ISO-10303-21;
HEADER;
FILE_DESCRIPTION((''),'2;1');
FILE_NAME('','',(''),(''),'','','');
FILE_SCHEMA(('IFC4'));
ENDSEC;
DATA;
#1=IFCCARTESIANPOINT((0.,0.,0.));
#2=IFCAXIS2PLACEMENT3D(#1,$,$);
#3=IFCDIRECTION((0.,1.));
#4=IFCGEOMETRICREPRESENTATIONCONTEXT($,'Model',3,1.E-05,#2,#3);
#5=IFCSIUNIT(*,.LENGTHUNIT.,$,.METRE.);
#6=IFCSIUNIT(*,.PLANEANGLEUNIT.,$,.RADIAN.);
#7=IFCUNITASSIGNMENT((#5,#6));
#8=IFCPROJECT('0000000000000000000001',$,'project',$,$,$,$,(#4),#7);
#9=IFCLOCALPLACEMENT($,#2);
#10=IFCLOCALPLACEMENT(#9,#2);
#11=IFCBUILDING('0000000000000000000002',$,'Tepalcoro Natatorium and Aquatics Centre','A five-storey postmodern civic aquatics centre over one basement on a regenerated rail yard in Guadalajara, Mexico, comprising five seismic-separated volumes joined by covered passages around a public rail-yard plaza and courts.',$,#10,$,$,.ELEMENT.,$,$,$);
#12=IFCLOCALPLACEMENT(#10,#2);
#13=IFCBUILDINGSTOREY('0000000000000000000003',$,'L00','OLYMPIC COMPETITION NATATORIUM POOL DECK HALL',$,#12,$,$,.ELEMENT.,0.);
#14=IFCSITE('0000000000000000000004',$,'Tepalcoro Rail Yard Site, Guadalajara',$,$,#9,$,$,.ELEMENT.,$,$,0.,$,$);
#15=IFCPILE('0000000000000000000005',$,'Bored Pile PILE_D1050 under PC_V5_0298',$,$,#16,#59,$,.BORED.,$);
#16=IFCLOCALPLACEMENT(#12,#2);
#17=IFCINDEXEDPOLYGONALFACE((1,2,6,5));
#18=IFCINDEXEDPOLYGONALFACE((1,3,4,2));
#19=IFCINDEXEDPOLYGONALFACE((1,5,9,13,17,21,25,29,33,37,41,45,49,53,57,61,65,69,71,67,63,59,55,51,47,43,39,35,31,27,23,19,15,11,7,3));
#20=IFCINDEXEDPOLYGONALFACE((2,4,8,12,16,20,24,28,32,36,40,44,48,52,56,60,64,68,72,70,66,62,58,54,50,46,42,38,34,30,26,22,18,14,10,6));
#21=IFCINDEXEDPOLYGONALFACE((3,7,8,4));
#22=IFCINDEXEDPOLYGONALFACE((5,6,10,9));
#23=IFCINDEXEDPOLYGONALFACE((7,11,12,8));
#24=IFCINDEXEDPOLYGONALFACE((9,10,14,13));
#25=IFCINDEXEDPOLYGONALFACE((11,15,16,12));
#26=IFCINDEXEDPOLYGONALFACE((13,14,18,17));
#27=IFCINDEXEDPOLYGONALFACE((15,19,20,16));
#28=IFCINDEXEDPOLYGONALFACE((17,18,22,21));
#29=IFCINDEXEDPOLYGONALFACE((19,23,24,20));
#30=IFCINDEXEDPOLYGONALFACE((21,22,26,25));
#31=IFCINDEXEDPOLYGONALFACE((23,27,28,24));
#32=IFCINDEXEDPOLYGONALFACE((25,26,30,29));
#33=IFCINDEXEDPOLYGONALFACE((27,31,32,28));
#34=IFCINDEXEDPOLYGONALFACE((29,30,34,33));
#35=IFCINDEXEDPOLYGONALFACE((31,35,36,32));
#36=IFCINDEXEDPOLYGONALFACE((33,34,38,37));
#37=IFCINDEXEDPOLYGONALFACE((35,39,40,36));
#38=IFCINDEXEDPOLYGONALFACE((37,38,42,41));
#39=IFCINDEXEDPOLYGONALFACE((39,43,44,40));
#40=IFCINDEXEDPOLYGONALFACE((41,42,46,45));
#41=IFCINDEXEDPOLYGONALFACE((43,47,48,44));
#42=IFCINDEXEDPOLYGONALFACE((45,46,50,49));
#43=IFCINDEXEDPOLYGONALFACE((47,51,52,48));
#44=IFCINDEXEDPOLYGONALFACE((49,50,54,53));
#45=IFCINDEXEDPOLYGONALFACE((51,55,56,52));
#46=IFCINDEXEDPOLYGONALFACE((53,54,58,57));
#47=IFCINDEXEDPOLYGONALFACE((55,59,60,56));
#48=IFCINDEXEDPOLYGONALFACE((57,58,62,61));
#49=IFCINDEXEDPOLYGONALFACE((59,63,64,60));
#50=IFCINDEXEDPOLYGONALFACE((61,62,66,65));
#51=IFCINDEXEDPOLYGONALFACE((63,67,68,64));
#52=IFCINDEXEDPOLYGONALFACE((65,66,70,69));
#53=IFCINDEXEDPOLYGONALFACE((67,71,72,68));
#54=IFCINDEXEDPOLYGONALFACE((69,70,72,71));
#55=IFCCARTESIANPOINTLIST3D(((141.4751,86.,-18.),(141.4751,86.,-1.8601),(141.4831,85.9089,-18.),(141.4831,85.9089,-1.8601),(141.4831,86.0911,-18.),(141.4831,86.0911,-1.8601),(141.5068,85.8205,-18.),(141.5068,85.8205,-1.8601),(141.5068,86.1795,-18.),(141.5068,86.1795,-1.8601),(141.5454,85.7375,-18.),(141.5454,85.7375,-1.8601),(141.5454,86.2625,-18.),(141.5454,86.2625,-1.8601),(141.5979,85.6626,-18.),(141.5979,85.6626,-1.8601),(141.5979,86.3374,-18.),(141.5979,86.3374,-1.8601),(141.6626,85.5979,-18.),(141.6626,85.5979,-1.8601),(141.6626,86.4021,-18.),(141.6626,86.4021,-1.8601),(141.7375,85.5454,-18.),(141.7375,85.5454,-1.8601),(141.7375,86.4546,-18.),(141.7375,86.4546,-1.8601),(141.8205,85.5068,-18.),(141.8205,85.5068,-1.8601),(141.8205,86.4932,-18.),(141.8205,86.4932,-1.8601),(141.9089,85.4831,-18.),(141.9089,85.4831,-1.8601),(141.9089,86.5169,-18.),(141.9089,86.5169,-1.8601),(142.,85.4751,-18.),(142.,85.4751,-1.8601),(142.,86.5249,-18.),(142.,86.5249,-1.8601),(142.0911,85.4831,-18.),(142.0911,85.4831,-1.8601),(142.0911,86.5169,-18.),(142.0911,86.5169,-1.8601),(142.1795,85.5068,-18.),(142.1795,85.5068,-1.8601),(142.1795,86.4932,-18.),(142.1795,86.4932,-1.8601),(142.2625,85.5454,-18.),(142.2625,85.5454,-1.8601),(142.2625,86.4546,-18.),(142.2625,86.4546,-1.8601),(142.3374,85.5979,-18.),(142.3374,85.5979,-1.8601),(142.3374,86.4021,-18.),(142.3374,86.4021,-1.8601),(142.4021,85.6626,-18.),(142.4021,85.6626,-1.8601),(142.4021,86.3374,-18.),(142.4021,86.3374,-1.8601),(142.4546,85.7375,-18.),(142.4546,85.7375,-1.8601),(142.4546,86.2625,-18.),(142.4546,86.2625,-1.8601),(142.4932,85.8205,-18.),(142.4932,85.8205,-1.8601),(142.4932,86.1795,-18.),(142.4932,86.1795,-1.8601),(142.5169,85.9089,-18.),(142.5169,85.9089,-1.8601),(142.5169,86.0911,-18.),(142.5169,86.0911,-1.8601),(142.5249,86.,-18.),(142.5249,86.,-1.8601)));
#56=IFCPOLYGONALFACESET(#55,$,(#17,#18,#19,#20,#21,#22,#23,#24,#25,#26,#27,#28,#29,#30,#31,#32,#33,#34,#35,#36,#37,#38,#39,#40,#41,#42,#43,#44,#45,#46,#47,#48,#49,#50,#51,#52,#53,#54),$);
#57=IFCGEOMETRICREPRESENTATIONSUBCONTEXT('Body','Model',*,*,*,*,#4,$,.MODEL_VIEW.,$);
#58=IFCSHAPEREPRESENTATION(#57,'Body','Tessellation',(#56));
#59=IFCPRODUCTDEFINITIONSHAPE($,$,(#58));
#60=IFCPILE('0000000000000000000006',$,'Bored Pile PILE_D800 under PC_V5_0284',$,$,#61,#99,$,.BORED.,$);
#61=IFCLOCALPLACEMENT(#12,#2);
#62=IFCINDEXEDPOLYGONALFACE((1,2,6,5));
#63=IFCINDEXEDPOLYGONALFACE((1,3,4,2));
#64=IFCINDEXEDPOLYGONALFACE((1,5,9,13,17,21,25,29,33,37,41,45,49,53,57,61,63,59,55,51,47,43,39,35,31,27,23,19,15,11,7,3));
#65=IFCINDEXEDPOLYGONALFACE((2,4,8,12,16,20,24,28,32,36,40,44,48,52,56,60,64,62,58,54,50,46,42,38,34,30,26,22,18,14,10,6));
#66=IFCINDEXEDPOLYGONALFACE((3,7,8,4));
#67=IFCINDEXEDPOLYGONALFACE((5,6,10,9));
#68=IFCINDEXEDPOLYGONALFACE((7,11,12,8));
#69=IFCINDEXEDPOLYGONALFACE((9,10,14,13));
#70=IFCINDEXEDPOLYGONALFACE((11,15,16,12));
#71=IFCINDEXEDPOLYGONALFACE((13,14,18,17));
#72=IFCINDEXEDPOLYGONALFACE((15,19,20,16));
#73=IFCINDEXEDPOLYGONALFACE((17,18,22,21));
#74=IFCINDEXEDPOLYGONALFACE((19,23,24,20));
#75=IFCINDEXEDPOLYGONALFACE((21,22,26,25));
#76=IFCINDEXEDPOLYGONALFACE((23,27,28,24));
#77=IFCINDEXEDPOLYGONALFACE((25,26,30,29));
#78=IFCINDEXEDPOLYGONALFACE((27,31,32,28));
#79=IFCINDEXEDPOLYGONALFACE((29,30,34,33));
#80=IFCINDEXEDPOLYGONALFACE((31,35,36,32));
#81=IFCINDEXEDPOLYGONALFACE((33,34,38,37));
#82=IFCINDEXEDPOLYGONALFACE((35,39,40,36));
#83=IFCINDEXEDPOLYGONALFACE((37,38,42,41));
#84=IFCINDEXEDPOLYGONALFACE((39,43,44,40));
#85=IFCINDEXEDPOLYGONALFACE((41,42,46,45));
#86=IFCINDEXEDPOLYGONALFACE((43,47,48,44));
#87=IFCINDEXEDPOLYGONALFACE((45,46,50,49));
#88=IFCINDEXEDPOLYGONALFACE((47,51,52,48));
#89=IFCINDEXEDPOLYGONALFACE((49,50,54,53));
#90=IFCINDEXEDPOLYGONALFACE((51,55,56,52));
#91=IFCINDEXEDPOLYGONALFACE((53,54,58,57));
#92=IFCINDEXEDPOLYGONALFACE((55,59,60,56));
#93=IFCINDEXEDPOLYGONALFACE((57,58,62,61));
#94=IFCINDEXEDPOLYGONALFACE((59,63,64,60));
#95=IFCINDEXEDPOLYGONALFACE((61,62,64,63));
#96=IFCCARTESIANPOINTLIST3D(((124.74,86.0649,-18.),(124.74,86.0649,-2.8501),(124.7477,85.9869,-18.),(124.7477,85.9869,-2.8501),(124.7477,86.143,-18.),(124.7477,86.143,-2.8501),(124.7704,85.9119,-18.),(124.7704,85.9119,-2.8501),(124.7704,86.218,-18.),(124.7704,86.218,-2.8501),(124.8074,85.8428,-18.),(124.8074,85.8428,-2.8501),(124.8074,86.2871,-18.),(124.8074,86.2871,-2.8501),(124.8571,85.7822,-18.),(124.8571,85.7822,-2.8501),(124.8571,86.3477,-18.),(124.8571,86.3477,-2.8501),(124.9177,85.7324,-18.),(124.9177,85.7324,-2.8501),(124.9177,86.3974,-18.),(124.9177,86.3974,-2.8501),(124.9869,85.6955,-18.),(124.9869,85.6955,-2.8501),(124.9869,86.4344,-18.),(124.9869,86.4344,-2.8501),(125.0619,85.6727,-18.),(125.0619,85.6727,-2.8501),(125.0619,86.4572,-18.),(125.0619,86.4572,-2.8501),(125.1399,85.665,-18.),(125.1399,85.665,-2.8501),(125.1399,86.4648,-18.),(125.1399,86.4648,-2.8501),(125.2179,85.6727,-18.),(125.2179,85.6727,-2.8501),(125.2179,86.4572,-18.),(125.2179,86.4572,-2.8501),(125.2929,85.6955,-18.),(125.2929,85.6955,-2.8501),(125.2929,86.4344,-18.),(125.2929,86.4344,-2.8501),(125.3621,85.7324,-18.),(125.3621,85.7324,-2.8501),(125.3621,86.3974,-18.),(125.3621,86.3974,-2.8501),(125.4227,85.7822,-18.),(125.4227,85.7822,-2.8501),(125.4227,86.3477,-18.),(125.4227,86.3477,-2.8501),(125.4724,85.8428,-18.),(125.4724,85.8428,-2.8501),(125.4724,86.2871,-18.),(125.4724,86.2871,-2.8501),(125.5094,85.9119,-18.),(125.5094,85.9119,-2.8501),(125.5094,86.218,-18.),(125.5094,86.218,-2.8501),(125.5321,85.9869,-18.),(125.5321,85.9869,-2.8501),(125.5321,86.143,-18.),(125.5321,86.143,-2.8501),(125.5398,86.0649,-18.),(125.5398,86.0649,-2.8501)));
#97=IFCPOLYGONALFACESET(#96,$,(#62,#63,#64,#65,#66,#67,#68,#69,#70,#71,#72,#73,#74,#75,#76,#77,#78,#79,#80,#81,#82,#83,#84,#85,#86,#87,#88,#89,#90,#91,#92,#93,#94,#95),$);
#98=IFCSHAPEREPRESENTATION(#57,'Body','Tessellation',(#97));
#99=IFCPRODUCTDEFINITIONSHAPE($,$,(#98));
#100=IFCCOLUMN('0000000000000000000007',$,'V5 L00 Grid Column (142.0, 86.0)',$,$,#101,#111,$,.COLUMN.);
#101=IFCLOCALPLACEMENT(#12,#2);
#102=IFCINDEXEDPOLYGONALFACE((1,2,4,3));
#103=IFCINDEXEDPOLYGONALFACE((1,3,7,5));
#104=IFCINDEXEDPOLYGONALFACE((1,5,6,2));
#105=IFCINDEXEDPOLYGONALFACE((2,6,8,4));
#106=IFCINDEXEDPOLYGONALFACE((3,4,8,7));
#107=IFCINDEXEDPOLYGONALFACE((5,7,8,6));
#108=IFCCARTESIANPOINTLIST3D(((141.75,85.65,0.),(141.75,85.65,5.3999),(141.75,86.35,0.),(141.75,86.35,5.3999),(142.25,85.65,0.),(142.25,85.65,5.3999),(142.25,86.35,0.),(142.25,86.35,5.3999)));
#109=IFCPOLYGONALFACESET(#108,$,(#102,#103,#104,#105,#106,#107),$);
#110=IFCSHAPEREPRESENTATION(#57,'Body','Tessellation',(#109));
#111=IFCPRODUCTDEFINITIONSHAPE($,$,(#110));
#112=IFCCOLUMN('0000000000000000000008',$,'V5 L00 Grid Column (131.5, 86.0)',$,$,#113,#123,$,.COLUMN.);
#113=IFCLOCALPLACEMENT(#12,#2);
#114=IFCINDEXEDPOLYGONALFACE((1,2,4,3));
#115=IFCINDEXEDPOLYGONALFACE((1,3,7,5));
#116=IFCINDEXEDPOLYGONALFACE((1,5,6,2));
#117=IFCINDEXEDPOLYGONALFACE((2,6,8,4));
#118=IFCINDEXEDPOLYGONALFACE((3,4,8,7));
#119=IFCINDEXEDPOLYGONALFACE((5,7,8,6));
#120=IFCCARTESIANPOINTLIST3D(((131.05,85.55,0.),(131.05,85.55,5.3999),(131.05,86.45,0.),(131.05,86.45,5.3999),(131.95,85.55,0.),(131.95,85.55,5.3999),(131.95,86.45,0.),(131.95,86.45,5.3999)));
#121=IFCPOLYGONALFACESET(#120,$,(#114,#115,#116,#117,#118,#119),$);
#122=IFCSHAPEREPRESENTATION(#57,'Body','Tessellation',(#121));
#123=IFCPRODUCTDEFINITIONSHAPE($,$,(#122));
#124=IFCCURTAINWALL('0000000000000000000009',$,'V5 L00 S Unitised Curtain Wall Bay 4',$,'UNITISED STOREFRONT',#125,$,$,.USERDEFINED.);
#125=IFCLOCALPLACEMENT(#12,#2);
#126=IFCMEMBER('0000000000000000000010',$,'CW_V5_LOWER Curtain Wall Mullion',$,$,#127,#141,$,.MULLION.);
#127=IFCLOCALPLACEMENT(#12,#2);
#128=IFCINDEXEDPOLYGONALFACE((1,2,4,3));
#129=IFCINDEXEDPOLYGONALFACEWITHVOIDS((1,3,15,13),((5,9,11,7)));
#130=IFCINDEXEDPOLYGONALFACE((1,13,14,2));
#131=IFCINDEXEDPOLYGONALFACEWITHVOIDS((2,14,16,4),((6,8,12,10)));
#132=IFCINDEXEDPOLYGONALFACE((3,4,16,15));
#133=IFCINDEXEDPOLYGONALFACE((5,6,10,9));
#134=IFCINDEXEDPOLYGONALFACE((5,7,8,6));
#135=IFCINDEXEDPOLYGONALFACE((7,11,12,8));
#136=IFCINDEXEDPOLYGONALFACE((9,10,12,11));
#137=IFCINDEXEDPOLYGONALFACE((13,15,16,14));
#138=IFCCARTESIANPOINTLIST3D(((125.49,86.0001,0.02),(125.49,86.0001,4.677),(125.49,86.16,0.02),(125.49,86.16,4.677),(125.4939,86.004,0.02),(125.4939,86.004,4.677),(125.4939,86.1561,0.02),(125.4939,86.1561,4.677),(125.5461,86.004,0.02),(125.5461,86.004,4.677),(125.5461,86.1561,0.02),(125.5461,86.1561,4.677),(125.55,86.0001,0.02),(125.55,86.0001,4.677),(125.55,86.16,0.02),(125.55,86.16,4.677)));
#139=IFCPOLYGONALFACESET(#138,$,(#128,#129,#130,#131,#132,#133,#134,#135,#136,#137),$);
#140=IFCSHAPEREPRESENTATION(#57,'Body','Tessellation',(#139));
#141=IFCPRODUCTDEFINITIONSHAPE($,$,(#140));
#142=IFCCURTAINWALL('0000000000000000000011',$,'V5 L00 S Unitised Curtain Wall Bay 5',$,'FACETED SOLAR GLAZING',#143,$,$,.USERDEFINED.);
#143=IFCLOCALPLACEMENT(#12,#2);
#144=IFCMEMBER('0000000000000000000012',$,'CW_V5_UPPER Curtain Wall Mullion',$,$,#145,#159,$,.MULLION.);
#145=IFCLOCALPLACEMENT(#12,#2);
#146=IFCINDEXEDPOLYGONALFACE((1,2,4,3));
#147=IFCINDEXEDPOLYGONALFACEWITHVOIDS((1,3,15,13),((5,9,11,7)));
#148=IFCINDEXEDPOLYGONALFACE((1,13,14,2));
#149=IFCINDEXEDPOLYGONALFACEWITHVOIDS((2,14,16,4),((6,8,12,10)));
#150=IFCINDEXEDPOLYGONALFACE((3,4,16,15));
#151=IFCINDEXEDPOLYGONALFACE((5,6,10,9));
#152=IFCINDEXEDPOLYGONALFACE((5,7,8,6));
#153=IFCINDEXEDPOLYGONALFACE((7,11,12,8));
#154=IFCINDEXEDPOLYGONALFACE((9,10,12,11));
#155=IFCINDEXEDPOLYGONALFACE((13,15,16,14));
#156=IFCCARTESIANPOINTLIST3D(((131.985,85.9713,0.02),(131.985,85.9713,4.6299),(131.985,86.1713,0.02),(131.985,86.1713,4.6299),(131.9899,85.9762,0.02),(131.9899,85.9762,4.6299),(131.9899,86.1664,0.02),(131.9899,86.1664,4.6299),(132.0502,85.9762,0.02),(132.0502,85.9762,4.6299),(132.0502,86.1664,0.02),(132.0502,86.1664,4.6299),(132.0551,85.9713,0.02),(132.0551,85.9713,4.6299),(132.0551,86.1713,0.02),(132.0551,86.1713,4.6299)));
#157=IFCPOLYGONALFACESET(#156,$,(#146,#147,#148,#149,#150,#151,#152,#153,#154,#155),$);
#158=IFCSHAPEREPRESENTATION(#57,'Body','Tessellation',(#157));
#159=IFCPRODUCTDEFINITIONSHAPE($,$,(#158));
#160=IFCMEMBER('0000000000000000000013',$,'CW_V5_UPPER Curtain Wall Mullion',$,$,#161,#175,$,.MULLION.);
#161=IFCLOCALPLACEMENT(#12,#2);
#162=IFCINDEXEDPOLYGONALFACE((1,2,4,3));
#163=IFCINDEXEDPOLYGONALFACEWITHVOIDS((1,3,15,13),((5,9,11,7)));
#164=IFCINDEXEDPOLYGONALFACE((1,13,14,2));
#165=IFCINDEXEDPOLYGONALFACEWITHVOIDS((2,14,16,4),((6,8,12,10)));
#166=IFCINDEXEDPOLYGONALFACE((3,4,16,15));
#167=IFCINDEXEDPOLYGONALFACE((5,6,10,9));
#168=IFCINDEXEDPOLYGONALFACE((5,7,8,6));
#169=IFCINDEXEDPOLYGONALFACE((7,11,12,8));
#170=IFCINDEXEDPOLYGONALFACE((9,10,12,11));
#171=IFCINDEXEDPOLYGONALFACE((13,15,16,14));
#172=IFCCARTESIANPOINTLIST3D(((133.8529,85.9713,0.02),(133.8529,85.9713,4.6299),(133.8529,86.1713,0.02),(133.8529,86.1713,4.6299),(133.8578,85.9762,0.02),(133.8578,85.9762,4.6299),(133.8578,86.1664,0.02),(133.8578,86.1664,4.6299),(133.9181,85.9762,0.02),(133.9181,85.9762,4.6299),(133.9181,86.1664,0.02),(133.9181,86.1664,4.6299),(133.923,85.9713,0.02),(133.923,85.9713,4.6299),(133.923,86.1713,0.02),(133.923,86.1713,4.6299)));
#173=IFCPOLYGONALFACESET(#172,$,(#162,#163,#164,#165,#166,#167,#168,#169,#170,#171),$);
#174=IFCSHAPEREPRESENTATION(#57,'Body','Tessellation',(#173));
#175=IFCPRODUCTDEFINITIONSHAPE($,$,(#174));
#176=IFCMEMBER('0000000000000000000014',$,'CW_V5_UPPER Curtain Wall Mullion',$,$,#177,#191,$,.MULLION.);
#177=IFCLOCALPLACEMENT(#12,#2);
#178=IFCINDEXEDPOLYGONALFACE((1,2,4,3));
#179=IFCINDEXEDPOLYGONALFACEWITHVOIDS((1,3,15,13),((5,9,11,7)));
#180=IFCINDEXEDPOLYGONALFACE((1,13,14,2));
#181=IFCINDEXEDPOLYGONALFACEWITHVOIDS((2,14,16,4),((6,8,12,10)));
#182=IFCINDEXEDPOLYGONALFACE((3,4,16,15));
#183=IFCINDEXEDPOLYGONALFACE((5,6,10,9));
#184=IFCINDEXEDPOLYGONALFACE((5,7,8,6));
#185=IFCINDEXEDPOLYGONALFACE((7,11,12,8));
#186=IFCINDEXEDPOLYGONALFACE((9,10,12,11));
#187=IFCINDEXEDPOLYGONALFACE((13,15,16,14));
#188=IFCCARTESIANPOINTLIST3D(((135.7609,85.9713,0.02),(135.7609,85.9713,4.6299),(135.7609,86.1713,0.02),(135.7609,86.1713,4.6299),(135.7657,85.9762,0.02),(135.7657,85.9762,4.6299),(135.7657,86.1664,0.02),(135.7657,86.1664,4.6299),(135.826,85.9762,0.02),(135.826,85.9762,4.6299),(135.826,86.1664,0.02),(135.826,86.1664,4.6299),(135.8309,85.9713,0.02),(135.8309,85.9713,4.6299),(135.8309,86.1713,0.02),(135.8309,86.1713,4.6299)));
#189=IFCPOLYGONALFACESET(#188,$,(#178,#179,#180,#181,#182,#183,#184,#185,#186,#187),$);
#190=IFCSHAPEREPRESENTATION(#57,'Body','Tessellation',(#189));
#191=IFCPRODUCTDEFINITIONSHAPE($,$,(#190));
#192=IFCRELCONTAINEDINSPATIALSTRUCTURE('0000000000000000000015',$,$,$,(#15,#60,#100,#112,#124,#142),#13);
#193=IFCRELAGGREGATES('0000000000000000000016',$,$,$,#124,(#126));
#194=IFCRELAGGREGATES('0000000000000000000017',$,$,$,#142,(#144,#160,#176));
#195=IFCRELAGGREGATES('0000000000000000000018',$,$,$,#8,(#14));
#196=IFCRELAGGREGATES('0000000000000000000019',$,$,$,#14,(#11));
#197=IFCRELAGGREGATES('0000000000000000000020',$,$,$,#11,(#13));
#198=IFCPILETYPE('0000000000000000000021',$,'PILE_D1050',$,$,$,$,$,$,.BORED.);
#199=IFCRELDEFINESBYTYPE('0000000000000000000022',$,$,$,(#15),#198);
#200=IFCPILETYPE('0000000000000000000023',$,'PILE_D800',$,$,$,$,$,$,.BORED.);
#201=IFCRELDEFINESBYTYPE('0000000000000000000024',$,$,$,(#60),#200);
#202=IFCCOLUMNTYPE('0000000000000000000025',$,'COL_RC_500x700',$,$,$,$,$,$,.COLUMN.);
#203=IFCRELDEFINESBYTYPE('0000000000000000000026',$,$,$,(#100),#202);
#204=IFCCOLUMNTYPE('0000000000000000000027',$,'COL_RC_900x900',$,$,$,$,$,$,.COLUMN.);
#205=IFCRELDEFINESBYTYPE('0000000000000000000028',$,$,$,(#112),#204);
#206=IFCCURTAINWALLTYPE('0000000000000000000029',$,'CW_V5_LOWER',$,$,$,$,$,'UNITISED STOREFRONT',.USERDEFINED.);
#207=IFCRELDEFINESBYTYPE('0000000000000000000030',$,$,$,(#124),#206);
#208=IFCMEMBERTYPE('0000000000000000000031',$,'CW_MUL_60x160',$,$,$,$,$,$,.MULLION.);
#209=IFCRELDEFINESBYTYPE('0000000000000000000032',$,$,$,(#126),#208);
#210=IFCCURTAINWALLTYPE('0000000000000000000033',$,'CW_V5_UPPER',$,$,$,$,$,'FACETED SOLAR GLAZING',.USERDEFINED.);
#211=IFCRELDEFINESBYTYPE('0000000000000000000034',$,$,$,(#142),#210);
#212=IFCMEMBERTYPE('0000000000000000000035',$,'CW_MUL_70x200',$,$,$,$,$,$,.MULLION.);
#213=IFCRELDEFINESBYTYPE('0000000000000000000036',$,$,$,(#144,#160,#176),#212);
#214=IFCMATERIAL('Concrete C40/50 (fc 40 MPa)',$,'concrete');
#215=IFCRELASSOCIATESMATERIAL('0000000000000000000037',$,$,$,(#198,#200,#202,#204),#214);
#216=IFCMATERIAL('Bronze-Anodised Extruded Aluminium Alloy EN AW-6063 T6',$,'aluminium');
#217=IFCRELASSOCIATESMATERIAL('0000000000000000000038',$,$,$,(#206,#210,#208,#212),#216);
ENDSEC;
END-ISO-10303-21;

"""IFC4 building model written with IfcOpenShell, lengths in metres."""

from ifc_helpers import new_model, si_unit, direction, frame, origin, origin_2d, place, context, subcontext, project, spatial, rectangle, hollow_rectangle, circle, extrude, material, material_profile, profile_set, type_object, element, aggregate, save


model = new_model("IFC4")

# Units and contexts
model_context = context("Model", 3, precision=1e-05, world=origin(), true_north=direction((0.0, 1.0)))
body_context = subcontext(model_context, "Body", "Model", "MODEL_VIEW")
ifc_project = project(units=[si_unit("LENGTHUNIT", "METRE"), si_unit("PLANEANGLEUNIT", "RADIAN")], contexts=[model_context])

# Site, building, storey
site_placement = place(None, origin())
site = spatial("IfcSite", under=ifc_project, at=site_placement, Name="Tepalcoro Rail Yard Site, Guadalajara", CompositionType="ELEMENT", RefElevation=0.0)
building_placement = place(site_placement, origin())
building = spatial("IfcBuilding", under=site, at=building_placement, Name="Tepalcoro Natatorium and Aquatics Centre", Description="A five-storey postmodern civic aquatics centre over one basement on a regenerated rail yard in Guadalajara, Mexico, comprising five seismic-separated volumes joined by covered passages around a public rail-yard plaza and courts.", CompositionType="ELEMENT")
storey_placement = place(building_placement, origin())
storey = spatial("IfcBuildingStorey", under=building, at=storey_placement, Name="L00", Description="OLYMPIC COMPETITION NATATORIUM POOL DECK HALL", CompositionType="ELEMENT", Elevation=0.0)

# Piles
ifc_material_1 = material(Name="Concrete C40/50 (fc 40 MPa)", Category="concrete")
ifc_material_profile_1 = material_profile(ifc_material_1, circle(Radius=0.5249, at=origin_2d()), Name="PILE_D1050")
ifc_profile_set_1 = profile_set([ifc_material_profile_1], Name="Concrete C40/50 (fc 40 MPa)")
pile_type_1 = type_object("IfcPileType", Name="PILE_D1050", PredefinedType="BORED", material=ifc_profile_set_1)
pile_1_placement = place(storey_placement, frame((142.0, 86.0, -1.8601), z_axis=(0.0, 0.0, -1.0), x_axis=(1.0, 0.0, 0.0)))
element("IfcPile", 1, at=pile_1_placement, inside=storey, type_object=pile_type_1, Name="Bored Pile PILE_D1050 under PC_V5_0298", PredefinedType="BORED", context=body_context, shape_type="SweptSolid", body=[
    extrude(circle(Radius=0.5249, at=origin_2d()), origin(), (0.0, 0.0, 1.0), 16.1399),
])
ifc_material_profile_2 = material_profile(ifc_material_1, circle(Radius=0.3999, at=origin_2d()), Name="PILE_D800")
ifc_profile_set_2 = profile_set([ifc_material_profile_2], Name="Concrete C40/50 (fc 40 MPa)")
pile_type_2 = type_object("IfcPileType", Name="PILE_D800", PredefinedType="BORED", material=ifc_profile_set_2)
pile_2_placement = place(storey_placement, frame((125.1399, 86.0649, -2.8501), z_axis=(0.0, 0.0, -1.0), x_axis=(1.0, 0.0, 0.0)))
element("IfcPile", 2, at=pile_2_placement, inside=storey, type_object=pile_type_2, Name="Bored Pile PILE_D800 under PC_V5_0284", PredefinedType="BORED", context=body_context, shape_type="SweptSolid", body=[
    extrude(circle(Radius=0.3999, at=origin_2d()), origin(), (0.0, 0.0, 1.0), 15.1499),
])

# Columns
ifc_material_profile_3 = material_profile(ifc_material_1, rectangle(XDim=0.5, YDim=0.7, at=origin_2d()), Name="RC500x700")
ifc_profile_set_3 = profile_set([ifc_material_profile_3], Name="Concrete C40/50 (fc 40 MPa)")
column_type_1 = type_object("IfcColumnType", Name="COL_RC_500x700", PredefinedType="COLUMN", material=ifc_profile_set_3)
column_1_placement = place(storey_placement, frame((142.0, 86.0, 0.0), z_axis=(0.0, 0.0, 1.0), x_axis=(1.0, 0.0, 0.0)))
element("IfcColumn", 3, at=column_1_placement, inside=storey, type_object=column_type_1, Name="V5 L00 Grid Column (142.0, 86.0)", PredefinedType="COLUMN", context=body_context, shape_type="SweptSolid", body=[
    extrude(rectangle(XDim=0.5, YDim=0.7, at=origin_2d()), origin(), (0.0, 0.0, 1.0), 5.3999),
])
ifc_material_profile_4 = material_profile(ifc_material_1, rectangle(XDim=0.8999, YDim=0.8999, at=origin_2d()), Name="RC900x900")
ifc_profile_set_4 = profile_set([ifc_material_profile_4], Name="Concrete C40/50 (fc 40 MPa)")
column_type_2 = type_object("IfcColumnType", Name="COL_RC_900x900", PredefinedType="COLUMN", material=ifc_profile_set_4)
column_2_placement = place(storey_placement, frame((131.5, 86.0, 0.0), z_axis=(0.0, 0.0, 1.0), x_axis=(1.0, 0.0, 0.0)))
element("IfcColumn", 4, at=column_2_placement, inside=storey, type_object=column_type_2, Name="V5 L00 Grid Column (131.5, 86.0)", PredefinedType="COLUMN", context=body_context, shape_type="SweptSolid", body=[
    extrude(rectangle(XDim=0.8999, YDim=0.8999, at=origin_2d()), origin(), (0.0, 0.0, 1.0), 5.3999),
])

# Curtain wall, member
ifc_material_2 = material(Name="Bronze-Anodised Extruded Aluminium Alloy EN AW-6063 T6", Category="aluminium")
curtain_wall_type_1 = type_object("IfcCurtainWallType", Name="CW_V5_LOWER", ElementType="UNITISED STOREFRONT", PredefinedType="USERDEFINED", material=ifc_material_2)
curtain_wall_1_placement = place(storey_placement, origin())
curtain_wall_1 = element("IfcCurtainWall", 5, at=curtain_wall_1_placement, inside=storey, type_object=curtain_wall_type_1, Name="V5 L00 S Unitised Curtain Wall Bay 4", ObjectType="UNITISED STOREFRONT", PredefinedType="USERDEFINED")
ifc_material_profile_5 = material_profile(ifc_material_2, hollow_rectangle(XDim=0.0601, YDim=0.1599, WallThickness=0.0039, at=origin_2d()), Name="AL60X160X4")
ifc_profile_set_5 = profile_set([ifc_material_profile_5], Name="Bronze-Anodised Extruded Aluminium Alloy EN AW-6063 T6")
member_type_1 = type_object("IfcMemberType", Name="CW_MUL_60x160", PredefinedType="MULLION", material=ifc_profile_set_5)
member_1_placement = place(storey_placement, frame((125.52, 86.0801, 0.02), z_axis=(0.0, 0.0, 1.0), x_axis=(1.0, 0.0, 0.0)))
member_1 = element("IfcMember", 6, at=member_1_placement, type_object=member_type_1, Name="CW_V5_LOWER Curtain Wall Mullion", PredefinedType="MULLION", context=body_context, shape_type="SweptSolid", body=[
    extrude(hollow_rectangle(XDim=0.0601, YDim=0.1599, WallThickness=0.0039, at=origin_2d()), origin(), (0.0, 0.0, 1.0), 4.657),
])

# Curtain wall, members
curtain_wall_type_2 = type_object("IfcCurtainWallType", Name="CW_V5_UPPER", ElementType="FACETED SOLAR GLAZING", PredefinedType="USERDEFINED", material=ifc_material_2)
curtain_wall_2_placement = place(storey_placement, origin())
curtain_wall_2 = element("IfcCurtainWall", 7, at=curtain_wall_2_placement, inside=storey, type_object=curtain_wall_type_2, Name="V5 L00 S Unitised Curtain Wall Bay 5", ObjectType="FACETED SOLAR GLAZING", PredefinedType="USERDEFINED")
ifc_material_profile_6 = material_profile(ifc_material_2, hollow_rectangle(XDim=0.0701, YDim=0.2, WallThickness=0.0049, at=origin_2d()), Name="AL70X200X5")
ifc_profile_set_6 = profile_set([ifc_material_profile_6], Name="Bronze-Anodised Extruded Aluminium Alloy EN AW-6063 T6")
member_type_2 = type_object("IfcMemberType", Name="CW_MUL_70x200", PredefinedType="MULLION", material=ifc_profile_set_6)
member_2_placement = place(storey_placement, frame((132.02, 86.0713, 0.02), z_axis=(0.0, 0.0, 1.0), x_axis=(1.0, 0.0, 0.0)))
member_2 = element("IfcMember", 8, at=member_2_placement, type_object=member_type_2, Name="CW_V5_UPPER Curtain Wall Mullion", PredefinedType="MULLION", context=body_context, shape_type="SweptSolid", body=[
    extrude(hollow_rectangle(XDim=0.0701, YDim=0.2, WallThickness=0.0049, at=origin_2d()), origin(), (0.0, 0.0, 1.0), 4.6099),
])
member_3_placement = place(storey_placement, frame((133.8879, 86.0713, 0.02), z_axis=(0.0, 0.0, 1.0), x_axis=(1.0, 0.0, 0.0)))
member_3 = element("IfcMember", 9, at=member_3_placement, type_object=member_type_2, Name="CW_V5_UPPER Curtain Wall Mullion", PredefinedType="MULLION", context=body_context, shape_type="SweptSolid", body=[
    extrude(hollow_rectangle(XDim=0.0701, YDim=0.2, WallThickness=0.0049, at=origin_2d()), origin(), (0.0, 0.0, 1.0), 4.6099),
])
member_4_placement = place(storey_placement, frame((135.7959, 86.0713, 0.02), z_axis=(0.0, 0.0, 1.0), x_axis=(1.0, 0.0, 0.0)))
member_4 = element("IfcMember", 10, at=member_4_placement, type_object=member_type_2, Name="CW_V5_UPPER Curtain Wall Mullion", PredefinedType="MULLION", context=body_context, shape_type="SweptSolid", body=[
    extrude(hollow_rectangle(XDim=0.0701, YDim=0.2, WallThickness=0.0049, at=origin_2d()), origin(), (0.0, 0.0, 1.0), 4.6099),
])

aggregate(curtain_wall_1, [member_1])

aggregate(curtain_wall_2, [member_2, member_3, member_4])

save(model, "model.ifc")
